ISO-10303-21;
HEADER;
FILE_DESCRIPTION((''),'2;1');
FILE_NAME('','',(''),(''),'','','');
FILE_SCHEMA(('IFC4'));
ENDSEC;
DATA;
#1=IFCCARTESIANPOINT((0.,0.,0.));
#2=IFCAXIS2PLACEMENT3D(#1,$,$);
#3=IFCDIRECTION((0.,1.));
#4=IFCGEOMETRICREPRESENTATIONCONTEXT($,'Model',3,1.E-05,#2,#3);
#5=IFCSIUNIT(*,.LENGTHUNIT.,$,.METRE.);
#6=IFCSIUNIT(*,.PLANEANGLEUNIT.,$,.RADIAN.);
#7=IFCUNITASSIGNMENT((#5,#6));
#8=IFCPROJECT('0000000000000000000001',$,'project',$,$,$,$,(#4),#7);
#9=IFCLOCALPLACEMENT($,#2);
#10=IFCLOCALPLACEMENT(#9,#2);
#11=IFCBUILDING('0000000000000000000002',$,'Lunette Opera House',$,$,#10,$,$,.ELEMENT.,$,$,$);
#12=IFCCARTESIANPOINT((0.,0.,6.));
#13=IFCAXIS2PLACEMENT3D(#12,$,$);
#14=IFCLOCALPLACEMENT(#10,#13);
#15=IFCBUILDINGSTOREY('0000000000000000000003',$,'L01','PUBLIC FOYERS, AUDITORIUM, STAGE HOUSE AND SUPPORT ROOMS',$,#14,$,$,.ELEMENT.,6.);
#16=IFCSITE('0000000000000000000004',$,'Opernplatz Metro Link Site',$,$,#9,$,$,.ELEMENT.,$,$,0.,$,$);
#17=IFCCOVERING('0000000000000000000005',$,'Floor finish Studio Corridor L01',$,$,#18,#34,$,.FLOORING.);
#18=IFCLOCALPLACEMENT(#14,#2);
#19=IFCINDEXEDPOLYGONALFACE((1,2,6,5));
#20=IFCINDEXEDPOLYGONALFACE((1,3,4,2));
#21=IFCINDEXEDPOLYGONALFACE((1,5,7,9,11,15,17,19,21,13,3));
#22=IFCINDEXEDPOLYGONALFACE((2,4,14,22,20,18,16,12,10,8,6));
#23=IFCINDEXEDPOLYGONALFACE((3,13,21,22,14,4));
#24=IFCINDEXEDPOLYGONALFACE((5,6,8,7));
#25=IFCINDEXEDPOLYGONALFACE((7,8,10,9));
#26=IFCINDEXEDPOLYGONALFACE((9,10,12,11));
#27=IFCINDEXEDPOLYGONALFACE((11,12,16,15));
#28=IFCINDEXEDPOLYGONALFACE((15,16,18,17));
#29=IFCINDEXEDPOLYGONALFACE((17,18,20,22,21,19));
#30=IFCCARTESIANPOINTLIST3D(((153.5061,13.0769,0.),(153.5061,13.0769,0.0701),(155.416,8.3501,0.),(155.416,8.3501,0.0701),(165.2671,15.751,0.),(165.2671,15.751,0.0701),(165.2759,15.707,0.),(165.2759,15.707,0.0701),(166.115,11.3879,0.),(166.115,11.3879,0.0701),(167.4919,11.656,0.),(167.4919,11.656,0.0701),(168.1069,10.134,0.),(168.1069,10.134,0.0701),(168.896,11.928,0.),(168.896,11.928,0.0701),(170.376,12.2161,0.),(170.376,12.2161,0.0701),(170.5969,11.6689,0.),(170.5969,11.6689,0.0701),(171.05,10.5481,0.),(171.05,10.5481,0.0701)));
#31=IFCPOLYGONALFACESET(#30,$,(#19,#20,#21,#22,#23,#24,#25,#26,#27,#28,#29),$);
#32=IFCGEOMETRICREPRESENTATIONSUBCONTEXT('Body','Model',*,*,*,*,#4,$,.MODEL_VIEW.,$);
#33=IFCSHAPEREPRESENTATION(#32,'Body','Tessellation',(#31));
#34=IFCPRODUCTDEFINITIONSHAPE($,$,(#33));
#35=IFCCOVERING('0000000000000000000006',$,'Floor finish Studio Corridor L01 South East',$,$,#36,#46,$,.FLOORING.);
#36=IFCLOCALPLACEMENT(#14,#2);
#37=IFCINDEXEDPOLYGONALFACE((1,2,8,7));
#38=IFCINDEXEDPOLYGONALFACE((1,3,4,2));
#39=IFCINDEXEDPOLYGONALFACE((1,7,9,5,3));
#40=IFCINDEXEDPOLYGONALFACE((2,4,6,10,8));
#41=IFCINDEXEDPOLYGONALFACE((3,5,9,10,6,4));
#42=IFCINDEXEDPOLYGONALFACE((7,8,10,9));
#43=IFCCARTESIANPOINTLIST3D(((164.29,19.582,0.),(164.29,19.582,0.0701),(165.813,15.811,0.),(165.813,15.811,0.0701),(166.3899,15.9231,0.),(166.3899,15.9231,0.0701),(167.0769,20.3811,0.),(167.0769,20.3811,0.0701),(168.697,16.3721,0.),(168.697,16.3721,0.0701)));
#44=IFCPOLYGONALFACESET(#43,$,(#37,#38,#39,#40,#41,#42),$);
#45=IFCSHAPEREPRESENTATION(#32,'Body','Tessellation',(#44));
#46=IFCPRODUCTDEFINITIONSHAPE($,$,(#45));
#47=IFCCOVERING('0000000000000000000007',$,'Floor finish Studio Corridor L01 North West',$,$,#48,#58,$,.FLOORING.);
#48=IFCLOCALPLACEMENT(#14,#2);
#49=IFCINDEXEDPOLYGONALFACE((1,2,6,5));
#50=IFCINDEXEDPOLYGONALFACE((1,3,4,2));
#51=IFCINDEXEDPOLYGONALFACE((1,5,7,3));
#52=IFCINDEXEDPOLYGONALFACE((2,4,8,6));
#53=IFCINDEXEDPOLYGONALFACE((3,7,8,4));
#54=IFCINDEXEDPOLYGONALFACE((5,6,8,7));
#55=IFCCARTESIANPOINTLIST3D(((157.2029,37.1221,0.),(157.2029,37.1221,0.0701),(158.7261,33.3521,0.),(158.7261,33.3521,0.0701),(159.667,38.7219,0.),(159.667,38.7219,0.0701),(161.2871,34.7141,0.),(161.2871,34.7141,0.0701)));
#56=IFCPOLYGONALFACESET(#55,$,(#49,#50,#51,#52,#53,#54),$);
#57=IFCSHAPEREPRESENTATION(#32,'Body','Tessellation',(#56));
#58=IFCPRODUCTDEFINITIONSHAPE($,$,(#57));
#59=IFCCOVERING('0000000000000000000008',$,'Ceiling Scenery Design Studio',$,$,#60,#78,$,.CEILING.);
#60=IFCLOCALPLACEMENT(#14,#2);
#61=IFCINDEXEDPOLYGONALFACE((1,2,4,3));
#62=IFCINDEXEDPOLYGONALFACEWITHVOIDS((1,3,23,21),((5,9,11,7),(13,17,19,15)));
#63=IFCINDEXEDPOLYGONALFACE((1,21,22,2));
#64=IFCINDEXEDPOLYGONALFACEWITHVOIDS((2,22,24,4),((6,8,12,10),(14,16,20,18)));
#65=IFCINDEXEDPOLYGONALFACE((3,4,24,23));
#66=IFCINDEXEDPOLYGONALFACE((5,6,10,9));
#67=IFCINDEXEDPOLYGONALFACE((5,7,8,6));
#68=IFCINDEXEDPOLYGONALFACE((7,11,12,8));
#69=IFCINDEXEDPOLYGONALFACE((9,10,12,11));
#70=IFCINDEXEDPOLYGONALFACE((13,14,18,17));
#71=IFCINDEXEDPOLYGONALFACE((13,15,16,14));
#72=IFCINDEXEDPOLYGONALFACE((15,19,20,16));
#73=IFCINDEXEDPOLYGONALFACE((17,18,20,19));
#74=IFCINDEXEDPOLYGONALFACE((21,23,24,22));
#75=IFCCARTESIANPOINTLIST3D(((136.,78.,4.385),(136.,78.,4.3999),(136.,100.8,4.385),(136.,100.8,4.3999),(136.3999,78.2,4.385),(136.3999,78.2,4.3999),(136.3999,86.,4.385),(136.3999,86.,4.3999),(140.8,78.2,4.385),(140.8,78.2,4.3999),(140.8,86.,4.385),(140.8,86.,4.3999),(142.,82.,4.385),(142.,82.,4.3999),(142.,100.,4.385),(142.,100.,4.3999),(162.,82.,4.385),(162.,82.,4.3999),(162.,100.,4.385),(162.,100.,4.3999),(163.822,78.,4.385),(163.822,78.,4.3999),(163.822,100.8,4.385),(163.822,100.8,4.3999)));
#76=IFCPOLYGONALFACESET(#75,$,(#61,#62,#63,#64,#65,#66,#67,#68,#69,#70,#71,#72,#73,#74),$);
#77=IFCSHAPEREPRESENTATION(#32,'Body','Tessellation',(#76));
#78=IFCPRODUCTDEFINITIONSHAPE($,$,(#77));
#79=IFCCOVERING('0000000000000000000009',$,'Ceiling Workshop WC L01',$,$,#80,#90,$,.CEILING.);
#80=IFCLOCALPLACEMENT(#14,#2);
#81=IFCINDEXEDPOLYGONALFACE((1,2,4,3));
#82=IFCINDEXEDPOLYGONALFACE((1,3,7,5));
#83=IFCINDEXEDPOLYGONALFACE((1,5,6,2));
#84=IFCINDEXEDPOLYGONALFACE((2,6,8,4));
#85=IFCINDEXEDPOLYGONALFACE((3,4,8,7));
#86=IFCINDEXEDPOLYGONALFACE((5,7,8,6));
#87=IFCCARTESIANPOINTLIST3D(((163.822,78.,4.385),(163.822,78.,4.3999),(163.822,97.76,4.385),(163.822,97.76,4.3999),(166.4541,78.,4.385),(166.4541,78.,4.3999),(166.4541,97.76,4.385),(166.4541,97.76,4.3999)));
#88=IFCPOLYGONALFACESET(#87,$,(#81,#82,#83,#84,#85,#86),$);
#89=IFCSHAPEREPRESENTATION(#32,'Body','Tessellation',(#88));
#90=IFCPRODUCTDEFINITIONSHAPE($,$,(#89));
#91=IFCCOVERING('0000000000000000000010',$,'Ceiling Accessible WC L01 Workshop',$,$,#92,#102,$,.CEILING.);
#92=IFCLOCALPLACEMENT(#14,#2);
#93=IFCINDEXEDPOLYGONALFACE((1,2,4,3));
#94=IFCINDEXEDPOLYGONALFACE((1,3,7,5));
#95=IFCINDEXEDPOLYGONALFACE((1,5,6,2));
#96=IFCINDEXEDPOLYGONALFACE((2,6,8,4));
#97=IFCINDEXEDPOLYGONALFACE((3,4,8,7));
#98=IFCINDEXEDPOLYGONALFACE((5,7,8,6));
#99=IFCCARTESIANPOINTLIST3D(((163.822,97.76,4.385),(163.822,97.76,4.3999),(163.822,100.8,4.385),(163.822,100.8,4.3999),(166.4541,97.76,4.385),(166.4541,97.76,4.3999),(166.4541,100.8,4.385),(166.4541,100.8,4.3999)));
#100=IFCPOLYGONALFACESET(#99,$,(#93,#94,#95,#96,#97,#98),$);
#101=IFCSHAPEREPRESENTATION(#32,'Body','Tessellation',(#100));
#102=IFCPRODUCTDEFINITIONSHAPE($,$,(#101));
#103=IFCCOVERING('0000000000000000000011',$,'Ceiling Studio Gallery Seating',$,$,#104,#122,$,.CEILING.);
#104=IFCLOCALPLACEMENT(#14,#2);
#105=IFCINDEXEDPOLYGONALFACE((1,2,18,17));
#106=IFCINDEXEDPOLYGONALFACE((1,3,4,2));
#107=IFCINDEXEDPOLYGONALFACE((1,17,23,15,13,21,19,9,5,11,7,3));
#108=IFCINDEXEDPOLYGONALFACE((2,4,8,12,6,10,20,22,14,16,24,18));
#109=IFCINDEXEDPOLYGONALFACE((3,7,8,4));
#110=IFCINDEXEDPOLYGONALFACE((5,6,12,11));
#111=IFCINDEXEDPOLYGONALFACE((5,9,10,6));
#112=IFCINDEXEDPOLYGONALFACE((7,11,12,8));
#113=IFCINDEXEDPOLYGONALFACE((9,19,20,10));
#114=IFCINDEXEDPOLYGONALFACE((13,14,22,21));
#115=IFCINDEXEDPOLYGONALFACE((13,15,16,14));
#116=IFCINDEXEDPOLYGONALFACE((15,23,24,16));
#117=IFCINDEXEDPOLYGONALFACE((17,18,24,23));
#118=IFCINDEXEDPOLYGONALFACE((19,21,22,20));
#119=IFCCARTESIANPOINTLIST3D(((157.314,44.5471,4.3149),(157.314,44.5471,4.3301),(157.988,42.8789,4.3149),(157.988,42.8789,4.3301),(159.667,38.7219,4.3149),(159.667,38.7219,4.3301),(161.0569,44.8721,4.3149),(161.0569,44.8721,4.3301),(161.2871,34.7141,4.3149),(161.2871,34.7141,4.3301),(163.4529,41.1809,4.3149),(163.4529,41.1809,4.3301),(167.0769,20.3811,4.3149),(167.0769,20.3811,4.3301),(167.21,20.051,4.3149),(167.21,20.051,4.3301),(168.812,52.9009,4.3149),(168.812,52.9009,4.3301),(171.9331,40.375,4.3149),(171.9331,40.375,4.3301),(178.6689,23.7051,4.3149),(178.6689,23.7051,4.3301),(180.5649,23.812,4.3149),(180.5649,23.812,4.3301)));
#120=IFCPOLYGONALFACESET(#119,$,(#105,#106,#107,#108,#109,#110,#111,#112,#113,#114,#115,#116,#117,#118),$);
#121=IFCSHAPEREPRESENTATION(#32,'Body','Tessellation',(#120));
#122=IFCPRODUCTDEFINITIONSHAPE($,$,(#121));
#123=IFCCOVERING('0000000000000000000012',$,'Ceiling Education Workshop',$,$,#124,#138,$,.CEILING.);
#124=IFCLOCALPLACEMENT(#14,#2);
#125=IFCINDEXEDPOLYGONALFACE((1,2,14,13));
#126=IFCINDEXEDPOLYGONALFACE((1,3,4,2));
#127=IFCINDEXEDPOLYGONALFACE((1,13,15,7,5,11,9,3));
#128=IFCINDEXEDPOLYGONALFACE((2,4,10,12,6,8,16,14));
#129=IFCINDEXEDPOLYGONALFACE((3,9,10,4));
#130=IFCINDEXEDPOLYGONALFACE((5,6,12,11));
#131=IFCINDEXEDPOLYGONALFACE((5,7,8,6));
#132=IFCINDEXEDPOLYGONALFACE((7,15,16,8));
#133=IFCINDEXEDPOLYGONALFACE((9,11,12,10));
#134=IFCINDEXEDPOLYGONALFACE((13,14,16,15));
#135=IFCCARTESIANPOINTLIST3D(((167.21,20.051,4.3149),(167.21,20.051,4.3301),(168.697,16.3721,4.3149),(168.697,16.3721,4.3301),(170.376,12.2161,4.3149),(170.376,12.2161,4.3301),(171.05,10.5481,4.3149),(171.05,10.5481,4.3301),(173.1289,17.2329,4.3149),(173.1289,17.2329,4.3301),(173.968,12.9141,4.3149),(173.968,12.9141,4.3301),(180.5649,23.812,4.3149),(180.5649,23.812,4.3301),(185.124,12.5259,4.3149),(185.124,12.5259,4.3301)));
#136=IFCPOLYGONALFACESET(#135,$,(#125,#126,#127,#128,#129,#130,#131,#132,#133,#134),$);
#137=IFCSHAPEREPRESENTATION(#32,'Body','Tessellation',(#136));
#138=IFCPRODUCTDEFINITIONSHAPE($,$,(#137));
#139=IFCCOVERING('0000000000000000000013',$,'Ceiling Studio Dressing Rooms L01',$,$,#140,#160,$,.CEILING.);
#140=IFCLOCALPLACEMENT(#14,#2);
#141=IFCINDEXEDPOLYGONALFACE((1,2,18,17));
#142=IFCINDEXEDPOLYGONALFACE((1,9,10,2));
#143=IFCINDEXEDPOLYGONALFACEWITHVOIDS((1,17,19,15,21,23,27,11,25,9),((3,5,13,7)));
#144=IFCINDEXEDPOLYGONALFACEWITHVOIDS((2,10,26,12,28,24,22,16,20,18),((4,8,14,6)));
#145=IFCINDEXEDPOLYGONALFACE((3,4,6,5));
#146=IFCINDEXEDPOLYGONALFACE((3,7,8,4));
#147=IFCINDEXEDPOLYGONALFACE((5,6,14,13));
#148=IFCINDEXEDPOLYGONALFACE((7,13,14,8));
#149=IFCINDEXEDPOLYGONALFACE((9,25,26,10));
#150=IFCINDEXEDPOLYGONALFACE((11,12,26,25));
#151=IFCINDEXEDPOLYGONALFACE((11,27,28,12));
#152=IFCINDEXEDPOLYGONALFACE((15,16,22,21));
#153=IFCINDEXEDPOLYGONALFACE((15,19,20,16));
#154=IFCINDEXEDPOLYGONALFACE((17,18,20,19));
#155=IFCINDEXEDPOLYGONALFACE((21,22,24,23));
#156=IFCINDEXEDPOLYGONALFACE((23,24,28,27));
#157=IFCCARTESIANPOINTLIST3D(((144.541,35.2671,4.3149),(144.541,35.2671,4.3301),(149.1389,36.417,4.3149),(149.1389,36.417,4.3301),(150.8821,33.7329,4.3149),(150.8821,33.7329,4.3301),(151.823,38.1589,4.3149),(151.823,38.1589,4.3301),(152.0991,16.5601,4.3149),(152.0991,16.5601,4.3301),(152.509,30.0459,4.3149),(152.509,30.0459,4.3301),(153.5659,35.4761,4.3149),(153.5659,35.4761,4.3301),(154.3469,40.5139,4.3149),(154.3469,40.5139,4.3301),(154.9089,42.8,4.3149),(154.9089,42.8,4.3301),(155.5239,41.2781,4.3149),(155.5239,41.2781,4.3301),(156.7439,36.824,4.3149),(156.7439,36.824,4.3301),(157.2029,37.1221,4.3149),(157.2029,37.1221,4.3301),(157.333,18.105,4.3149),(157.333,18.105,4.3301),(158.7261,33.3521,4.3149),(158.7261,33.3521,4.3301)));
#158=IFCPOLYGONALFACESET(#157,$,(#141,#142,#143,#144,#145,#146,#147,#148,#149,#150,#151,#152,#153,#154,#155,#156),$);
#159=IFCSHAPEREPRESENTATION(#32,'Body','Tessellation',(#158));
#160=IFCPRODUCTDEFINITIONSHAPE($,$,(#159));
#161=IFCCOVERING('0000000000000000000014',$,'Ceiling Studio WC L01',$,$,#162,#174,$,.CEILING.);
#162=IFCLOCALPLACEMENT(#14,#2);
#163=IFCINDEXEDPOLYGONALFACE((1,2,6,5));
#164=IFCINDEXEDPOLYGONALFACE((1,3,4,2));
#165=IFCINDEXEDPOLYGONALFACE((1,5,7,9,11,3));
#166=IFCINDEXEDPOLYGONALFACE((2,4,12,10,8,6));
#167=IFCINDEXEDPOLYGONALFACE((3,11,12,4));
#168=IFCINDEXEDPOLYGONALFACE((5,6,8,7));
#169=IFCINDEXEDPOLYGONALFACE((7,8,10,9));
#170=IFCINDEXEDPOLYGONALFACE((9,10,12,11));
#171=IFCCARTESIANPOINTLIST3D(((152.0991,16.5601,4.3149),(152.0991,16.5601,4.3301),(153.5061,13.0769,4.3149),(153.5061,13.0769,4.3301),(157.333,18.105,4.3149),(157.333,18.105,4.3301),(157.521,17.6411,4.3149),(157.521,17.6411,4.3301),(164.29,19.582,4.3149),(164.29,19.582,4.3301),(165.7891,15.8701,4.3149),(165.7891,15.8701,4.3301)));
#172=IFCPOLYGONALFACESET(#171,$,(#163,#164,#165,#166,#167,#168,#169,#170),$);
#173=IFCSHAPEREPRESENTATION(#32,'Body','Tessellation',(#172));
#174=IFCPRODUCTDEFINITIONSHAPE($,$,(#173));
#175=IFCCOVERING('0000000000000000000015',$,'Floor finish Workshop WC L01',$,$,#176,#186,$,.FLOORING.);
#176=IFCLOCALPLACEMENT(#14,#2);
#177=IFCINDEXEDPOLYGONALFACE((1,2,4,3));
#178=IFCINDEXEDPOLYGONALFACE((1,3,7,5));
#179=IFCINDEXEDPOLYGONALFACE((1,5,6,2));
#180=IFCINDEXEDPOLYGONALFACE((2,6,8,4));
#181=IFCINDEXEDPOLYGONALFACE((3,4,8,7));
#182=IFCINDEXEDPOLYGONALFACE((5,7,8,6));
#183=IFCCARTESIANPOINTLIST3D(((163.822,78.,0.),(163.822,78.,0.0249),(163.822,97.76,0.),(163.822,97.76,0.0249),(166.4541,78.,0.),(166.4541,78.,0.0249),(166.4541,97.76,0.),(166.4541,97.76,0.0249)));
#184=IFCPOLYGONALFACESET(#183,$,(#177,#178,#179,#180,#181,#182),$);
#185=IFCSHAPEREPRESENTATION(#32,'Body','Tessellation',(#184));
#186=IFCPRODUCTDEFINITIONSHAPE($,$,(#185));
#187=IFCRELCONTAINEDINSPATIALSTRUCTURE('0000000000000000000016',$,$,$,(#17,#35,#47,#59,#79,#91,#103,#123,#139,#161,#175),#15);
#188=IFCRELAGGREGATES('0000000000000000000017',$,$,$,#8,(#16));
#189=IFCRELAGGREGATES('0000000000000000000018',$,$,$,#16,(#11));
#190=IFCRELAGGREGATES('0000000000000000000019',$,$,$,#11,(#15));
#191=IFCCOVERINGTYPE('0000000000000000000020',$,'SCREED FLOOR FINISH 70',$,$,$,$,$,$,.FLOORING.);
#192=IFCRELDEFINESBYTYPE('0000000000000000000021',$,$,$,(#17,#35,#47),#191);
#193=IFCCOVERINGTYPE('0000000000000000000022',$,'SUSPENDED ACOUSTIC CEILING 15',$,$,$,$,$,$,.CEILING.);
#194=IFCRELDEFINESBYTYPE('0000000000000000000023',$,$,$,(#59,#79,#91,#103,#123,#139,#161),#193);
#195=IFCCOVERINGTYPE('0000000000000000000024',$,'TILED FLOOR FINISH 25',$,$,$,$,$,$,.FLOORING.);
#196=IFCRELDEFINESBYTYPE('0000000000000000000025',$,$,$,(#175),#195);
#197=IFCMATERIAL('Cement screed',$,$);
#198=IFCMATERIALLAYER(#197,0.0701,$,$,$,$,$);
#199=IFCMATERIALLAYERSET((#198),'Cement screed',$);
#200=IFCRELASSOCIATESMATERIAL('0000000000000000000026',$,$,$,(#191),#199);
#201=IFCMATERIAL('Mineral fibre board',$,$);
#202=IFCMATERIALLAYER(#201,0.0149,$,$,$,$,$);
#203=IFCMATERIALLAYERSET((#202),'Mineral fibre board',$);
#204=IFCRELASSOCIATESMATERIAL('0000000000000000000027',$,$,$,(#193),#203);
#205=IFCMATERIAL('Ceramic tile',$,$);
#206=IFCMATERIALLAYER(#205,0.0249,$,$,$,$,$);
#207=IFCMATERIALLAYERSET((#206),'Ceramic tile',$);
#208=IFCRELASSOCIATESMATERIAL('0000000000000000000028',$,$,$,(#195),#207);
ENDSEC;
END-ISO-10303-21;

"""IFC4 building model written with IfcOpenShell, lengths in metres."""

from ifc_helpers import new_model, si_unit, direction, frame, origin, place, context, subcontext, project, spatial, polyline, outline, extrude, material, layer, layer_set, type_object, element, save


model = new_model("IFC4")

# Units and contexts
model_context = context("Model", 3, precision=1e-05, world=origin(), true_north=direction((0.0, 1.0)))
body_context = subcontext(model_context, "Body", "Model", "MODEL_VIEW")
ifc_project = project(units=[si_unit("LENGTHUNIT", "METRE"), si_unit("PLANEANGLEUNIT", "RADIAN")], contexts=[model_context])

# Site, building, storey
site_placement = place(None, origin())
site = spatial("IfcSite", under=ifc_project, at=site_placement, Name="Opernplatz Metro Link Site", CompositionType="ELEMENT", RefElevation=0.0)
building_placement = place(site_placement, origin())
building = spatial("IfcBuilding", under=site, at=building_placement, Name="Lunette Opera House", CompositionType="ELEMENT")
storey_placement = place(building_placement, frame((0.0, 0.0, 6.0)))
storey = spatial("IfcBuildingStorey", under=building, at=storey_placement, Name="L01", Description="PUBLIC FOYERS, AUDITORIUM, STAGE HOUSE AND SUPPORT ROOMS", CompositionType="ELEMENT", Elevation=6.0)

# Coverings
ifc_material_1 = material(Name="Cement screed")
ifc_layer_1 = layer(ifc_material_1, 0.0701)
ifc_layer_set_1 = layer_set([ifc_layer_1], Name="Cement screed")
covering_type_1 = type_object("IfcCoveringType", Name="SCREED FLOOR FINISH 70", PredefinedType="FLOORING", material=ifc_layer_set_1)
covering_1_placement = place(storey_placement, origin())
element("IfcCovering", 1, at=covering_1_placement, inside=storey, type_object=covering_type_1, Name="Floor finish Studio Corridor L01", PredefinedType="FLOORING", context=body_context, shape_type="SweptSolid", body=[
    extrude(outline(polyline([(168.1069, 10.134), (155.416, 8.3501), (153.5061, 13.0769), (165.2671, 15.751), (165.2759, 15.707), (166.115, 11.3879), (167.4919, 11.656), (168.896, 11.928), (170.376, 12.2161), (170.5969, 11.6689), (171.05, 10.5481), (168.1069, 10.134)])), origin(), (0.0, 0.0, 1.0), 0.0701),
])
covering_2_placement = place(storey_placement, origin())
element("IfcCovering", 2, at=covering_2_placement, inside=storey, type_object=covering_type_1, Name="Floor finish Studio Corridor L01 South East", PredefinedType="FLOORING", context=body_context, shape_type="SweptSolid", body=[
    extrude(outline(polyline([(167.0769, 20.3811), (168.697, 16.3721), (166.3899, 15.9231), (165.813, 15.811), (164.29, 19.582), (167.0769, 20.3811)])), origin(), (0.0, 0.0, 1.0), 0.0701),
])
covering_3_placement = place(storey_placement, origin())
element("IfcCovering", 3, at=covering_3_placement, inside=storey, type_object=covering_type_1, Name="Floor finish Studio Corridor L01 North West", PredefinedType="FLOORING", context=body_context, shape_type="SweptSolid", body=[
    extrude(outline(polyline([(157.2029, 37.1221), (159.667, 38.7219), (161.2871, 34.7141), (158.7261, 33.3521), (157.2029, 37.1221)])), origin(), (0.0, 0.0, 1.0), 0.0701),
])
ifc_material_2 = material(Name="Mineral fibre board")
ifc_layer_2 = layer(ifc_material_2, 0.0149)
ifc_layer_set_2 = layer_set([ifc_layer_2], Name="Mineral fibre board")
covering_type_2 = type_object("IfcCoveringType", Name="SUSPENDED ACOUSTIC CEILING 15", PredefinedType="CEILING", material=ifc_layer_set_2)
covering_4_placement = place(storey_placement, frame((0.0, 0.0, 4.385)))
element("IfcCovering", 4, at=covering_4_placement, inside=storey, type_object=covering_type_2, Name="Ceiling Scenery Design Studio", PredefinedType="CEILING", context=body_context, shape_type="SweptSolid", body=[
    extrude(outline(polyline([(136.0, 100.8), (163.822, 100.8), (163.822, 78.0), (136.0, 78.0), (136.0, 100.8)]), holes=[polyline([(162.0, 100.0), (142.0, 100.0), (142.0, 82.0), (162.0, 82.0), (162.0, 100.0)]), polyline([(136.3999, 78.2), (140.8, 78.2), (140.8, 86.0), (136.3999, 86.0), (136.3999, 78.2)])]), origin(), (0.0, 0.0, 1.0), 0.0149),
])
covering_5_placement = place(storey_placement, frame((0.0, 0.0, 4.385)))
element("IfcCovering", 5, at=covering_5_placement, inside=storey, type_object=covering_type_2, Name="Ceiling Workshop WC L01", PredefinedType="CEILING", context=body_context, shape_type="SweptSolid", body=[
    extrude(outline(polyline([(163.822, 97.76), (166.4541, 97.76), (166.4541, 78.0), (163.822, 78.0), (163.822, 97.76)])), origin(), (0.0, 0.0, 1.0), 0.0149),
])
covering_6_placement = place(storey_placement, frame((0.0, 0.0, 4.385)))
element("IfcCovering", 6, at=covering_6_placement, inside=storey, type_object=covering_type_2, Name="Ceiling Accessible WC L01 Workshop", PredefinedType="CEILING", context=body_context, shape_type="SweptSolid", body=[
    extrude(outline(polyline([(163.822, 100.8), (166.4541, 100.8), (166.4541, 97.76), (163.822, 97.76), (163.822, 100.8)])), origin(), (0.0, 0.0, 1.0), 0.0149),
])
covering_7_placement = place(storey_placement, frame((0.0, 0.0, 4.3149)))
element("IfcCovering", 7, at=covering_7_placement, inside=storey, type_object=covering_type_2, Name="Ceiling Studio Gallery Seating", PredefinedType="CEILING", context=body_context, shape_type="SweptSolid", body=[
    extrude(outline(polyline([(167.0769, 20.3811), (178.6689, 23.7051), (171.9331, 40.375), (161.2871, 34.7141), (159.667, 38.7219), (163.4529, 41.1809), (161.0569, 44.8721), (157.988, 42.8789), (157.314, 44.5471), (168.812, 52.9009), (180.5649, 23.812), (167.21, 20.051), (167.0769, 20.3811)])), origin(), (0.0, 0.0, 1.0), 0.0151),
])
covering_8_placement = place(storey_placement, frame((0.0, 0.0, 4.3149)))
element("IfcCovering", 8, at=covering_8_placement, inside=storey, type_object=covering_type_2, Name="Ceiling Education Workshop", PredefinedType="CEILING", context=body_context, shape_type="SweptSolid", body=[
    extrude(outline(polyline([(171.05, 10.5481), (170.376, 12.2161), (173.968, 12.9141), (173.1289, 17.2329), (168.697, 16.3721), (167.21, 20.051), (180.5649, 23.812), (185.124, 12.5259), (171.05, 10.5481)])), origin(), (0.0, 0.0, 1.0), 0.0151),
])
covering_9_placement = place(storey_placement, frame((0.0, 0.0, 4.3149)))
element("IfcCovering", 9, at=covering_9_placement, inside=storey, type_object=covering_type_2, Name="Ceiling Studio Dressing Rooms L01", PredefinedType="CEILING", context=body_context, shape_type="SweptSolid", body=[
    extrude(outline(polyline([(155.5239, 41.2781), (154.3469, 40.5139), (156.7439, 36.824), (157.2029, 37.1221), (158.7261, 33.3521), (152.509, 30.0459), (157.333, 18.105), (152.0991, 16.5601), (144.541, 35.2671), (154.9089, 42.8), (155.5239, 41.2781)]), holes=[polyline([(153.5659, 35.4761), (151.823, 38.1589), (149.1389, 36.417), (150.8821, 33.7329), (153.5659, 35.4761)])]), origin(), (0.0, 0.0, 1.0), 0.0151),
])
covering_10_placement = place(storey_placement, frame((0.0, 0.0, 4.3149)))
element("IfcCovering", 10, at=covering_10_placement, inside=storey, type_object=covering_type_2, Name="Ceiling Studio WC L01", PredefinedType="CEILING", context=body_context, shape_type="SweptSolid", body=[
    extrude(outline(polyline([(164.29, 19.582), (165.7891, 15.8701), (153.5061, 13.0769), (152.0991, 16.5601), (157.333, 18.105), (157.521, 17.6411), (164.29, 19.582)])), origin(), (0.0, 0.0, 1.0), 0.0151),
])
ifc_material_3 = material(Name="Ceramic tile")
ifc_layer_3 = layer(ifc_material_3, 0.0249)
ifc_layer_set_3 = layer_set([ifc_layer_3], Name="Ceramic tile")
covering_type_3 = type_object("IfcCoveringType", Name="TILED FLOOR FINISH 25", PredefinedType="FLOORING", material=ifc_layer_set_3)
covering_11_placement = place(storey_placement, origin())
element("IfcCovering", 11, at=covering_11_placement, inside=storey, type_object=covering_type_3, Name="Floor finish Workshop WC L01", PredefinedType="FLOORING", context=body_context, shape_type="SweptSolid", body=[
    extrude(outline(polyline([(163.822, 97.76), (166.4541, 97.76), (166.4541, 78.0), (163.822, 78.0), (163.822, 97.76)])), origin(), (0.0, 0.0, 1.0), 0.0249),
])

save(model, "model.ifc")
